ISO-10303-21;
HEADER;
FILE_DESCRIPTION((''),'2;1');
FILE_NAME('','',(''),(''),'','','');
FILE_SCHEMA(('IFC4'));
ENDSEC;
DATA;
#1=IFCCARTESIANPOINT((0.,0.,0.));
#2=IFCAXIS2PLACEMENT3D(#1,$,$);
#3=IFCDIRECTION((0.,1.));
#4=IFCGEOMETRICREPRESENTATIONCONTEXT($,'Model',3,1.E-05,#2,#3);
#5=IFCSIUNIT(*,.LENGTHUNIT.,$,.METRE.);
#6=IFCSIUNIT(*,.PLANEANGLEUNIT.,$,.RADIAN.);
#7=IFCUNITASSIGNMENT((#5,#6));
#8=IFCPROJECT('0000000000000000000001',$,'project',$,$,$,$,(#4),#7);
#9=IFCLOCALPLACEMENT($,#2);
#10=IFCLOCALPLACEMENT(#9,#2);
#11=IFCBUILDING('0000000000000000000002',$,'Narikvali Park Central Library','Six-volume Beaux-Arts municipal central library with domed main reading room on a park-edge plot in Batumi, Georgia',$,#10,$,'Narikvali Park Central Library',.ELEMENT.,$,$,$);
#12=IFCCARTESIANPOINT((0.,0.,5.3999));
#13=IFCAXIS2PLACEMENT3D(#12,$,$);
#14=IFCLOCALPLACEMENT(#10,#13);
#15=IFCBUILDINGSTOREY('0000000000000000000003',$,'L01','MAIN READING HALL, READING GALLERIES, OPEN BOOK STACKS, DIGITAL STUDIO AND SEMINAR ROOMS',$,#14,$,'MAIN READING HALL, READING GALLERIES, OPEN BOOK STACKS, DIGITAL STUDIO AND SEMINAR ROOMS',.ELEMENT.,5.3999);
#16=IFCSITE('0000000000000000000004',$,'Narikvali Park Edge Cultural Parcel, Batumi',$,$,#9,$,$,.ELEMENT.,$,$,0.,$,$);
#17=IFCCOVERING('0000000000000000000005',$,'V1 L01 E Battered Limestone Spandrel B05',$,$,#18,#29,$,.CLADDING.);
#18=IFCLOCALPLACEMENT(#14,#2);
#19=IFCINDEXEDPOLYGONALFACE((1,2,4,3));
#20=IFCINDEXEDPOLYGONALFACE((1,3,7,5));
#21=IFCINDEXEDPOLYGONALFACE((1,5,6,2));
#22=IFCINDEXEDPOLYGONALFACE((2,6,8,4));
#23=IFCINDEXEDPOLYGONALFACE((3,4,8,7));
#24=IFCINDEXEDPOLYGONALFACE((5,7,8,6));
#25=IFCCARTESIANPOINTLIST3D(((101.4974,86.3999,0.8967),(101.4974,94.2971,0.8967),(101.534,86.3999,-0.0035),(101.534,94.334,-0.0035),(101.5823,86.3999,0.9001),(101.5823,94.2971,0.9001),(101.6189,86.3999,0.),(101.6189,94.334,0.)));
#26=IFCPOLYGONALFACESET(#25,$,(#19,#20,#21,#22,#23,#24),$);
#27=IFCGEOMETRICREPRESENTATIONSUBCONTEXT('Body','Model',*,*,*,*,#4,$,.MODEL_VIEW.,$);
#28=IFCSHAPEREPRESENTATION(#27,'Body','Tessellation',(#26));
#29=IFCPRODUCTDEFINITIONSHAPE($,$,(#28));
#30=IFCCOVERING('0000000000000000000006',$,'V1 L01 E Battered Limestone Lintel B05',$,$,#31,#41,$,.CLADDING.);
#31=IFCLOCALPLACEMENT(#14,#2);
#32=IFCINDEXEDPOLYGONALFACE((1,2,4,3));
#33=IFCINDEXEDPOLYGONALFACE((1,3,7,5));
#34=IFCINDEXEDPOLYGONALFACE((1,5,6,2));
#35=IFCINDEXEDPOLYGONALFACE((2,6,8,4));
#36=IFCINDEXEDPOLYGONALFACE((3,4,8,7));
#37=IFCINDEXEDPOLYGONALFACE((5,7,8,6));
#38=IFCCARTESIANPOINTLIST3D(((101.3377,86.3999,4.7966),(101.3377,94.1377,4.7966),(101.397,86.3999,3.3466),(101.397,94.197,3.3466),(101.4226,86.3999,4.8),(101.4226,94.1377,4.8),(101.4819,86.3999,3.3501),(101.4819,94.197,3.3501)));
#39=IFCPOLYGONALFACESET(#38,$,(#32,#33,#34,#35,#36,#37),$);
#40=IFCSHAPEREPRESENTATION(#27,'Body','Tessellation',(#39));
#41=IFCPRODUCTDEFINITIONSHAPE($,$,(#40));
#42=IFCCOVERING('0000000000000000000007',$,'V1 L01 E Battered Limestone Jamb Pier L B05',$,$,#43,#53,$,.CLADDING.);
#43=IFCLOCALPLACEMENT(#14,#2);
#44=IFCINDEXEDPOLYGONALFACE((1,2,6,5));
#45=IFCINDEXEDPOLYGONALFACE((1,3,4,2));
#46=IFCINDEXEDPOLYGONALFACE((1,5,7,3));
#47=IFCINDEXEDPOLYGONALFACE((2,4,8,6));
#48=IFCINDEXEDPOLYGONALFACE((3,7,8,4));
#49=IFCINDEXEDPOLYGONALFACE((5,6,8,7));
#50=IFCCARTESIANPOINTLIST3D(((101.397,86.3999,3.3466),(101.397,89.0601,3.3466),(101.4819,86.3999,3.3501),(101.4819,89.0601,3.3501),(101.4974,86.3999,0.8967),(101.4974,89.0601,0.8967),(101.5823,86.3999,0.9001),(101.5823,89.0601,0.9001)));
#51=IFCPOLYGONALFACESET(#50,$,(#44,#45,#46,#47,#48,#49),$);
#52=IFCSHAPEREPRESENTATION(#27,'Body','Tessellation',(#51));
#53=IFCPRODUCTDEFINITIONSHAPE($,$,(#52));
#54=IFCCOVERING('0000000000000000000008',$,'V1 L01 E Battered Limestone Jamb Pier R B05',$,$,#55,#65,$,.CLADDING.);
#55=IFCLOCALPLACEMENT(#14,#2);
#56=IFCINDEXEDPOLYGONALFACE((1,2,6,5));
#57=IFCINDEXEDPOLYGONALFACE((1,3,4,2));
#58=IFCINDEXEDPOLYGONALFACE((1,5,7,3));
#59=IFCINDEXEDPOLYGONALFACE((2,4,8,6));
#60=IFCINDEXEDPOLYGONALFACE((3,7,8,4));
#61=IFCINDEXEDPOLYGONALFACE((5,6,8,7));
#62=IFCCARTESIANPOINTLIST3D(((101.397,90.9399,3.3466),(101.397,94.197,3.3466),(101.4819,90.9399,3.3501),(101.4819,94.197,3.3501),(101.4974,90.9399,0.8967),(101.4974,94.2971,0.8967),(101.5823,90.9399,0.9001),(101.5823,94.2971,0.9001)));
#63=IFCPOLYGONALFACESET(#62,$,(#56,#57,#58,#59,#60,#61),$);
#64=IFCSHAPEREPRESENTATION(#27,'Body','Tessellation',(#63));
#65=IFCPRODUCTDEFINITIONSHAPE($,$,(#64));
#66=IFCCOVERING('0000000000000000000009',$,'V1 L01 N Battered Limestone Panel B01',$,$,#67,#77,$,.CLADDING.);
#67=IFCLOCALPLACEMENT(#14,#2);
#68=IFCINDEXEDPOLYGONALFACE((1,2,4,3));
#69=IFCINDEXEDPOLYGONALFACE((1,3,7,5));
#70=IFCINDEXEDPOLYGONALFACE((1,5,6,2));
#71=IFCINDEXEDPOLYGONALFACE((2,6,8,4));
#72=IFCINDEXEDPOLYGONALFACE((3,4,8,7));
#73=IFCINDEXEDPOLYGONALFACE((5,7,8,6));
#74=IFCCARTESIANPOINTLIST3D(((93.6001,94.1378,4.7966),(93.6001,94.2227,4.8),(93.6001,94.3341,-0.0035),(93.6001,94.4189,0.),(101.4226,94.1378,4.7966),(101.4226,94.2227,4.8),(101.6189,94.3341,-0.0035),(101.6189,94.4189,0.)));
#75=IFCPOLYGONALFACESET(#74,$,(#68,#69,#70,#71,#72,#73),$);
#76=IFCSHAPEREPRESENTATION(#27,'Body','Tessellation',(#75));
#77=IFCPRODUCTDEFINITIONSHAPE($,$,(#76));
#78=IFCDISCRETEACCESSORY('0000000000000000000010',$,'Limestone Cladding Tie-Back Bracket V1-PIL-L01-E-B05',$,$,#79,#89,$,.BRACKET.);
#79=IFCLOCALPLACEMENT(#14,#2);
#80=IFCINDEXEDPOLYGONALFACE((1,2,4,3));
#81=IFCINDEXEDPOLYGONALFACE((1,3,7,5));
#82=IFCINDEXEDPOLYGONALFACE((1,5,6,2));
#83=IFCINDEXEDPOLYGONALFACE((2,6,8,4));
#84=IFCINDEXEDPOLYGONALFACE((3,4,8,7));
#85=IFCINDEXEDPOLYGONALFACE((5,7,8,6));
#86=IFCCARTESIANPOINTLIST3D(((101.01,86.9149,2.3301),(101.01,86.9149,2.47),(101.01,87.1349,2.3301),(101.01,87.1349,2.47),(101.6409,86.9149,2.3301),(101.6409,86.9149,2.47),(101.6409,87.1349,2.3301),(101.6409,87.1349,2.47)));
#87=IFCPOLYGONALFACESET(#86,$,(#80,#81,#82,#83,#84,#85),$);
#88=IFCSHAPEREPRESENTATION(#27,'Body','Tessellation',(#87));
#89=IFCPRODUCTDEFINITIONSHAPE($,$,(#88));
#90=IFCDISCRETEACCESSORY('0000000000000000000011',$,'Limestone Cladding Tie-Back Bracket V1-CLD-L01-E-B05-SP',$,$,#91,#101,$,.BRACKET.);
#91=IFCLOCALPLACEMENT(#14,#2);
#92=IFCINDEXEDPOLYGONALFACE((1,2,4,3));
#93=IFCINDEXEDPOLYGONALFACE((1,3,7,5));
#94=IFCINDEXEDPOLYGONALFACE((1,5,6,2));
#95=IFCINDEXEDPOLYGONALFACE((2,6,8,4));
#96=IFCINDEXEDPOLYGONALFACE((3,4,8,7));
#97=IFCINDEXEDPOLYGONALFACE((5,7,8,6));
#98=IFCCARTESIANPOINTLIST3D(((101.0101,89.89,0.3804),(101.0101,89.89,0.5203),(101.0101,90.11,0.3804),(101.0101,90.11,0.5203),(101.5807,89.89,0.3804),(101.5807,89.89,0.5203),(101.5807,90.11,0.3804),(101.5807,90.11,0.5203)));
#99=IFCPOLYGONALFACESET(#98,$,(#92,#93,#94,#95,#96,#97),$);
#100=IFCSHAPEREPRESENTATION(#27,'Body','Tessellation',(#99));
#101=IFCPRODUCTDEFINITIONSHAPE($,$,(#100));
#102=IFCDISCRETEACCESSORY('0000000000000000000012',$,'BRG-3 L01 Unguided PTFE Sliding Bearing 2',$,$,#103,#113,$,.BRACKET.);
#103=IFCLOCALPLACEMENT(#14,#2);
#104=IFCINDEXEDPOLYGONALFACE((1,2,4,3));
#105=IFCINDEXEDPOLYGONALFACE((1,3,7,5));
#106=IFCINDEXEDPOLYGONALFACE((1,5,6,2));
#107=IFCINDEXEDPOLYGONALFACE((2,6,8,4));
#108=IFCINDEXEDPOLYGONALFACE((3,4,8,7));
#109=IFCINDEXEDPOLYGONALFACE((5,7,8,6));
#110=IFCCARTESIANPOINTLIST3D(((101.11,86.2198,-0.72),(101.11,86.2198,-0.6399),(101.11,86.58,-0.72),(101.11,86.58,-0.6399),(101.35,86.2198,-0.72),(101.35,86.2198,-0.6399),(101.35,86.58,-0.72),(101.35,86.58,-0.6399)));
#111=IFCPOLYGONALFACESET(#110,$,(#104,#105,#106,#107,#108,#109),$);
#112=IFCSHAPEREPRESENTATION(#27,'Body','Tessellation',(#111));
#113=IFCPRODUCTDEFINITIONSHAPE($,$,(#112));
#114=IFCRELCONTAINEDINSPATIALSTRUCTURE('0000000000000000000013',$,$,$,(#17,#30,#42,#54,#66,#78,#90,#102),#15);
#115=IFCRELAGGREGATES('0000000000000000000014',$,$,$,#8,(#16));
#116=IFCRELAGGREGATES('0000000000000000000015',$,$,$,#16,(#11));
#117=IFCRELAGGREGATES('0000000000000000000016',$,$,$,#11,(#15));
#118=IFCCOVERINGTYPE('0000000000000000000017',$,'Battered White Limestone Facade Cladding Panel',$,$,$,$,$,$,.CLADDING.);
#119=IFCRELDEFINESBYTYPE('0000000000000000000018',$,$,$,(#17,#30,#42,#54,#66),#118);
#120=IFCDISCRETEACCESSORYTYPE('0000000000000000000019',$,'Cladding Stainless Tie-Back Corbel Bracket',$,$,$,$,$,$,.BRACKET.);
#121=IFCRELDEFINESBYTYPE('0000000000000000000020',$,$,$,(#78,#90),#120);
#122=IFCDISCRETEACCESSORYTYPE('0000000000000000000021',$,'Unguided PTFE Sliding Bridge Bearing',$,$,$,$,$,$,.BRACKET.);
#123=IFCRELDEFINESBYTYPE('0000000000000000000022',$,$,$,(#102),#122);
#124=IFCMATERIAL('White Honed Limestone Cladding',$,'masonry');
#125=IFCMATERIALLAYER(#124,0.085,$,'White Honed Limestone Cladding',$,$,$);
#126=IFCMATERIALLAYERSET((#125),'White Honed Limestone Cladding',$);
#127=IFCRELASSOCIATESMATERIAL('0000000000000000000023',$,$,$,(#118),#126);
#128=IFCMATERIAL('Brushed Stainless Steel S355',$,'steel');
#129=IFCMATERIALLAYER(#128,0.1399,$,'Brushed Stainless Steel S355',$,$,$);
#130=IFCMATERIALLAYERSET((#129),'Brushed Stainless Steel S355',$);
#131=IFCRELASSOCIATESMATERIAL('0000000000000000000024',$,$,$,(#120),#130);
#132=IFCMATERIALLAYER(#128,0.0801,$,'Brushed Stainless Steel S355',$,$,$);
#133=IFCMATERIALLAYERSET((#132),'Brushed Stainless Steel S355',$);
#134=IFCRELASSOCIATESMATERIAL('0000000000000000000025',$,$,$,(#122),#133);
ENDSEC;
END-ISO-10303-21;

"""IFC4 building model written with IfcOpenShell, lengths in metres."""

from ifc_helpers import new_model, si_unit, direction, frame, origin, origin_2d, place, context, subcontext, project, spatial, polyline, rectangle, outline, extrude, material, layer, layer_set, type_object, element, save


model = new_model("IFC4")

# Units and contexts
model_context = context("Model", 3, precision=1e-05, world=origin(), true_north=direction((0.0, 1.0)))
body_context = subcontext(model_context, "Body", "Model", "MODEL_VIEW")
ifc_project = project(units=[si_unit("LENGTHUNIT", "METRE"), si_unit("PLANEANGLEUNIT", "RADIAN")], contexts=[model_context])

# Site, building, storey
site_placement = place(None, origin())
site = spatial("IfcSite", under=ifc_project, at=site_placement, Name="Narikvali Park Edge Cultural Parcel, Batumi", CompositionType="ELEMENT", RefElevation=0.0)
building_placement = place(site_placement, origin())
building = spatial("IfcBuilding", under=site, at=building_placement, Name="Narikvali Park Central Library", Description="Six-volume Beaux-Arts municipal central library with domed main reading room on a park-edge plot in Batumi, Georgia", LongName="Narikvali Park Central Library", CompositionType="ELEMENT")
storey_placement = place(building_placement, frame((0.0, 0.0, 5.3999)))
storey = spatial("IfcBuildingStorey", under=building, at=storey_placement, Name="L01", Description="MAIN READING HALL, READING GALLERIES, OPEN BOOK STACKS, DIGITAL STUDIO AND SEMINAR ROOMS", LongName="MAIN READING HALL, READING GALLERIES, OPEN BOOK STACKS, DIGITAL STUDIO AND SEMINAR ROOMS", CompositionType="ELEMENT", Elevation=5.3999)

# Coverings
ifc_material_1 = material(Name="White Honed Limestone Cladding", Category="masonry")
ifc_layer_1 = layer(ifc_material_1, 0.085, Name="White Honed Limestone Cladding")
ifc_layer_set_1 = layer_set([ifc_layer_1], Name="White Honed Limestone Cladding")
covering_type = type_object("IfcCoveringType", Name="Battered White Limestone Facade Cladding Panel", PredefinedType="CLADDING", material=ifc_layer_set_1)
covering_1_placement = place(storey_placement, frame((101.6189, 86.3999, 0.0), z_axis=(0.999173, 0.0, 0.04065), x_axis=(0.0, 1.0, 0.0)))
element("IfcCovering", 1, at=covering_1_placement, inside=storey, type_object=covering_type, Name="V1 L01 E Battered Limestone Spandrel B05", PredefinedType="CLADDING", context=body_context, shape_type="SweptSolid", body=[
    extrude(outline(polyline([(0.0, 0.0), (7.9341, 0.0), (7.8972, 0.9009), (0.0, 0.9009), (0.0, 0.0)])), origin(), (0.0, 0.0, -1.0), 0.085),
])
covering_2_placement = place(storey_placement, frame((101.4819, 86.3999, 3.3501), z_axis=(0.999164, 0.0, 0.040882), x_axis=(0.0, 1.0, 0.0)))
element("IfcCovering", 2, at=covering_2_placement, inside=storey, type_object=covering_type, Name="V1 L01 E Battered Limestone Lintel B05", PredefinedType="CLADDING", context=body_context, shape_type="SweptSolid", body=[
    extrude(outline(polyline([(0.0, 0.0), (7.7971, 0.0), (7.7378, 1.4512), (0.0, 1.4512), (0.0, 0.0)])), origin(), (0.0, 0.0, -1.0), 0.085),
])
covering_3_placement = place(storey_placement, frame((101.5823, 86.3999, 0.9001), z_axis=(0.999162, 0.0, 0.040922), x_axis=(0.0, 1.0, 0.0)))
element("IfcCovering", 3, at=covering_3_placement, inside=storey, type_object=covering_type, Name="V1 L01 E Battered Limestone Jamb Pier L B05", PredefinedType="CLADDING", context=body_context, shape_type="SweptSolid", body=[
    extrude(outline(polyline([(0.0, 0.0), (2.6602, 0.0), (2.6602, 2.452), (0.0, 2.452), (0.0, 0.0)])), origin(), (0.0, 0.0, -1.0), 0.085),
])
covering_4_placement = place(storey_placement, frame((101.5823, 90.9399, 0.9001), z_axis=(0.999162, 0.0, 0.040922), x_axis=(0.0, 1.0, 0.0)))
element("IfcCovering", 4, at=covering_4_placement, inside=storey, type_object=covering_type, Name="V1 L01 E Battered Limestone Jamb Pier R B05", PredefinedType="CLADDING", context=body_context, shape_type="SweptSolid", body=[
    extrude(outline(polyline([(0.0, 0.0), (3.3572, 0.0), (3.2571, 2.452), (0.0, 2.452), (0.0, 0.0)])), origin(), (0.0, 0.0, -1.0), 0.085),
])
covering_5_placement = place(storey_placement, frame((101.6189, 94.4189, 0.0), z_axis=(0.0, 0.999165, 0.040859), x_axis=(-1.0, 0.0, 0.0)))
element("IfcCovering", 5, at=covering_5_placement, inside=storey, type_object=covering_type, Name="V1 L01 N Battered Limestone Panel B01", PredefinedType="CLADDING", context=body_context, shape_type="SweptSolid", body=[
    extrude(outline(polyline([(0.0, 0.0), (8.0188, 0.0), (8.0188, 4.8041), (0.1963, 4.8041), (0.0, 0.0)])), origin(), (0.0, 0.0, -1.0), 0.085),
])

# Discrete accessories
ifc_material_2 = material(Name="Brushed Stainless Steel S355", Category="steel")
ifc_layer_2 = layer(ifc_material_2, 0.1399, Name="Brushed Stainless Steel S355")
ifc_layer_set_2 = layer_set([ifc_layer_2], Name="Brushed Stainless Steel S355")
discrete_accessory_type_1 = type_object("IfcDiscreteAccessoryType", Name="Cladding Stainless Tie-Back Corbel Bracket", PredefinedType="BRACKET", material=ifc_layer_set_2)
discrete_accessory_1_placement = place(storey_placement, frame((101.3254, 87.0249, 2.3301), z_axis=(0.0, 0.0, 1.0), x_axis=(1.0, 0.0, 0.0)))
element("IfcDiscreteAccessory", 6, at=discrete_accessory_1_placement, inside=storey, type_object=discrete_accessory_type_1, Name="Limestone Cladding Tie-Back Bracket V1-PIL-L01-E-B05", PredefinedType="BRACKET", context=body_context, shape_type="SweptSolid", body=[
    extrude(rectangle(XDim=0.6309, YDim=0.22, at=origin_2d()), origin(), (0.0, 0.0, 1.0), 0.1399),
])
discrete_accessory_2_placement = place(storey_placement, frame((101.2954, 90.0, 0.3804), z_axis=(0.0, 0.0, 1.0), x_axis=(1.0, 0.0, 0.0)))
element("IfcDiscreteAccessory", 7, at=discrete_accessory_2_placement, inside=storey, type_object=discrete_accessory_type_1, Name="Limestone Cladding Tie-Back Bracket V1-CLD-L01-E-B05-SP", PredefinedType="BRACKET", context=body_context, shape_type="SweptSolid", body=[
    extrude(rectangle(XDim=0.5706, YDim=0.22, at=origin_2d()), origin(), (0.0, 0.0, 1.0), 0.1399),
])
ifc_layer_3 = layer(ifc_material_2, 0.0801, Name="Brushed Stainless Steel S355")
ifc_layer_set_3 = layer_set([ifc_layer_3], Name="Brushed Stainless Steel S355")
discrete_accessory_type_2 = type_object("IfcDiscreteAccessoryType", Name="Unguided PTFE Sliding Bridge Bearing", PredefinedType="BRACKET", material=ifc_layer_set_3)
discrete_accessory_3_placement = place(storey_placement, frame((101.23, 86.3999, -0.72), z_axis=(0.0, 0.0, 1.0), x_axis=(1.0, 0.0, 0.0)))
element("IfcDiscreteAccessory", 8, at=discrete_accessory_3_placement, inside=storey, type_object=discrete_accessory_type_2, Name="BRG-3 L01 Unguided PTFE Sliding Bearing 2", PredefinedType="BRACKET", context=body_context, shape_type="SweptSolid", body=[
    extrude(rectangle(XDim=0.24, YDim=0.3601, at=origin_2d()), origin(), (0.0, 0.0, 1.0), 0.0801),
])

save(model, "model.ifc")
